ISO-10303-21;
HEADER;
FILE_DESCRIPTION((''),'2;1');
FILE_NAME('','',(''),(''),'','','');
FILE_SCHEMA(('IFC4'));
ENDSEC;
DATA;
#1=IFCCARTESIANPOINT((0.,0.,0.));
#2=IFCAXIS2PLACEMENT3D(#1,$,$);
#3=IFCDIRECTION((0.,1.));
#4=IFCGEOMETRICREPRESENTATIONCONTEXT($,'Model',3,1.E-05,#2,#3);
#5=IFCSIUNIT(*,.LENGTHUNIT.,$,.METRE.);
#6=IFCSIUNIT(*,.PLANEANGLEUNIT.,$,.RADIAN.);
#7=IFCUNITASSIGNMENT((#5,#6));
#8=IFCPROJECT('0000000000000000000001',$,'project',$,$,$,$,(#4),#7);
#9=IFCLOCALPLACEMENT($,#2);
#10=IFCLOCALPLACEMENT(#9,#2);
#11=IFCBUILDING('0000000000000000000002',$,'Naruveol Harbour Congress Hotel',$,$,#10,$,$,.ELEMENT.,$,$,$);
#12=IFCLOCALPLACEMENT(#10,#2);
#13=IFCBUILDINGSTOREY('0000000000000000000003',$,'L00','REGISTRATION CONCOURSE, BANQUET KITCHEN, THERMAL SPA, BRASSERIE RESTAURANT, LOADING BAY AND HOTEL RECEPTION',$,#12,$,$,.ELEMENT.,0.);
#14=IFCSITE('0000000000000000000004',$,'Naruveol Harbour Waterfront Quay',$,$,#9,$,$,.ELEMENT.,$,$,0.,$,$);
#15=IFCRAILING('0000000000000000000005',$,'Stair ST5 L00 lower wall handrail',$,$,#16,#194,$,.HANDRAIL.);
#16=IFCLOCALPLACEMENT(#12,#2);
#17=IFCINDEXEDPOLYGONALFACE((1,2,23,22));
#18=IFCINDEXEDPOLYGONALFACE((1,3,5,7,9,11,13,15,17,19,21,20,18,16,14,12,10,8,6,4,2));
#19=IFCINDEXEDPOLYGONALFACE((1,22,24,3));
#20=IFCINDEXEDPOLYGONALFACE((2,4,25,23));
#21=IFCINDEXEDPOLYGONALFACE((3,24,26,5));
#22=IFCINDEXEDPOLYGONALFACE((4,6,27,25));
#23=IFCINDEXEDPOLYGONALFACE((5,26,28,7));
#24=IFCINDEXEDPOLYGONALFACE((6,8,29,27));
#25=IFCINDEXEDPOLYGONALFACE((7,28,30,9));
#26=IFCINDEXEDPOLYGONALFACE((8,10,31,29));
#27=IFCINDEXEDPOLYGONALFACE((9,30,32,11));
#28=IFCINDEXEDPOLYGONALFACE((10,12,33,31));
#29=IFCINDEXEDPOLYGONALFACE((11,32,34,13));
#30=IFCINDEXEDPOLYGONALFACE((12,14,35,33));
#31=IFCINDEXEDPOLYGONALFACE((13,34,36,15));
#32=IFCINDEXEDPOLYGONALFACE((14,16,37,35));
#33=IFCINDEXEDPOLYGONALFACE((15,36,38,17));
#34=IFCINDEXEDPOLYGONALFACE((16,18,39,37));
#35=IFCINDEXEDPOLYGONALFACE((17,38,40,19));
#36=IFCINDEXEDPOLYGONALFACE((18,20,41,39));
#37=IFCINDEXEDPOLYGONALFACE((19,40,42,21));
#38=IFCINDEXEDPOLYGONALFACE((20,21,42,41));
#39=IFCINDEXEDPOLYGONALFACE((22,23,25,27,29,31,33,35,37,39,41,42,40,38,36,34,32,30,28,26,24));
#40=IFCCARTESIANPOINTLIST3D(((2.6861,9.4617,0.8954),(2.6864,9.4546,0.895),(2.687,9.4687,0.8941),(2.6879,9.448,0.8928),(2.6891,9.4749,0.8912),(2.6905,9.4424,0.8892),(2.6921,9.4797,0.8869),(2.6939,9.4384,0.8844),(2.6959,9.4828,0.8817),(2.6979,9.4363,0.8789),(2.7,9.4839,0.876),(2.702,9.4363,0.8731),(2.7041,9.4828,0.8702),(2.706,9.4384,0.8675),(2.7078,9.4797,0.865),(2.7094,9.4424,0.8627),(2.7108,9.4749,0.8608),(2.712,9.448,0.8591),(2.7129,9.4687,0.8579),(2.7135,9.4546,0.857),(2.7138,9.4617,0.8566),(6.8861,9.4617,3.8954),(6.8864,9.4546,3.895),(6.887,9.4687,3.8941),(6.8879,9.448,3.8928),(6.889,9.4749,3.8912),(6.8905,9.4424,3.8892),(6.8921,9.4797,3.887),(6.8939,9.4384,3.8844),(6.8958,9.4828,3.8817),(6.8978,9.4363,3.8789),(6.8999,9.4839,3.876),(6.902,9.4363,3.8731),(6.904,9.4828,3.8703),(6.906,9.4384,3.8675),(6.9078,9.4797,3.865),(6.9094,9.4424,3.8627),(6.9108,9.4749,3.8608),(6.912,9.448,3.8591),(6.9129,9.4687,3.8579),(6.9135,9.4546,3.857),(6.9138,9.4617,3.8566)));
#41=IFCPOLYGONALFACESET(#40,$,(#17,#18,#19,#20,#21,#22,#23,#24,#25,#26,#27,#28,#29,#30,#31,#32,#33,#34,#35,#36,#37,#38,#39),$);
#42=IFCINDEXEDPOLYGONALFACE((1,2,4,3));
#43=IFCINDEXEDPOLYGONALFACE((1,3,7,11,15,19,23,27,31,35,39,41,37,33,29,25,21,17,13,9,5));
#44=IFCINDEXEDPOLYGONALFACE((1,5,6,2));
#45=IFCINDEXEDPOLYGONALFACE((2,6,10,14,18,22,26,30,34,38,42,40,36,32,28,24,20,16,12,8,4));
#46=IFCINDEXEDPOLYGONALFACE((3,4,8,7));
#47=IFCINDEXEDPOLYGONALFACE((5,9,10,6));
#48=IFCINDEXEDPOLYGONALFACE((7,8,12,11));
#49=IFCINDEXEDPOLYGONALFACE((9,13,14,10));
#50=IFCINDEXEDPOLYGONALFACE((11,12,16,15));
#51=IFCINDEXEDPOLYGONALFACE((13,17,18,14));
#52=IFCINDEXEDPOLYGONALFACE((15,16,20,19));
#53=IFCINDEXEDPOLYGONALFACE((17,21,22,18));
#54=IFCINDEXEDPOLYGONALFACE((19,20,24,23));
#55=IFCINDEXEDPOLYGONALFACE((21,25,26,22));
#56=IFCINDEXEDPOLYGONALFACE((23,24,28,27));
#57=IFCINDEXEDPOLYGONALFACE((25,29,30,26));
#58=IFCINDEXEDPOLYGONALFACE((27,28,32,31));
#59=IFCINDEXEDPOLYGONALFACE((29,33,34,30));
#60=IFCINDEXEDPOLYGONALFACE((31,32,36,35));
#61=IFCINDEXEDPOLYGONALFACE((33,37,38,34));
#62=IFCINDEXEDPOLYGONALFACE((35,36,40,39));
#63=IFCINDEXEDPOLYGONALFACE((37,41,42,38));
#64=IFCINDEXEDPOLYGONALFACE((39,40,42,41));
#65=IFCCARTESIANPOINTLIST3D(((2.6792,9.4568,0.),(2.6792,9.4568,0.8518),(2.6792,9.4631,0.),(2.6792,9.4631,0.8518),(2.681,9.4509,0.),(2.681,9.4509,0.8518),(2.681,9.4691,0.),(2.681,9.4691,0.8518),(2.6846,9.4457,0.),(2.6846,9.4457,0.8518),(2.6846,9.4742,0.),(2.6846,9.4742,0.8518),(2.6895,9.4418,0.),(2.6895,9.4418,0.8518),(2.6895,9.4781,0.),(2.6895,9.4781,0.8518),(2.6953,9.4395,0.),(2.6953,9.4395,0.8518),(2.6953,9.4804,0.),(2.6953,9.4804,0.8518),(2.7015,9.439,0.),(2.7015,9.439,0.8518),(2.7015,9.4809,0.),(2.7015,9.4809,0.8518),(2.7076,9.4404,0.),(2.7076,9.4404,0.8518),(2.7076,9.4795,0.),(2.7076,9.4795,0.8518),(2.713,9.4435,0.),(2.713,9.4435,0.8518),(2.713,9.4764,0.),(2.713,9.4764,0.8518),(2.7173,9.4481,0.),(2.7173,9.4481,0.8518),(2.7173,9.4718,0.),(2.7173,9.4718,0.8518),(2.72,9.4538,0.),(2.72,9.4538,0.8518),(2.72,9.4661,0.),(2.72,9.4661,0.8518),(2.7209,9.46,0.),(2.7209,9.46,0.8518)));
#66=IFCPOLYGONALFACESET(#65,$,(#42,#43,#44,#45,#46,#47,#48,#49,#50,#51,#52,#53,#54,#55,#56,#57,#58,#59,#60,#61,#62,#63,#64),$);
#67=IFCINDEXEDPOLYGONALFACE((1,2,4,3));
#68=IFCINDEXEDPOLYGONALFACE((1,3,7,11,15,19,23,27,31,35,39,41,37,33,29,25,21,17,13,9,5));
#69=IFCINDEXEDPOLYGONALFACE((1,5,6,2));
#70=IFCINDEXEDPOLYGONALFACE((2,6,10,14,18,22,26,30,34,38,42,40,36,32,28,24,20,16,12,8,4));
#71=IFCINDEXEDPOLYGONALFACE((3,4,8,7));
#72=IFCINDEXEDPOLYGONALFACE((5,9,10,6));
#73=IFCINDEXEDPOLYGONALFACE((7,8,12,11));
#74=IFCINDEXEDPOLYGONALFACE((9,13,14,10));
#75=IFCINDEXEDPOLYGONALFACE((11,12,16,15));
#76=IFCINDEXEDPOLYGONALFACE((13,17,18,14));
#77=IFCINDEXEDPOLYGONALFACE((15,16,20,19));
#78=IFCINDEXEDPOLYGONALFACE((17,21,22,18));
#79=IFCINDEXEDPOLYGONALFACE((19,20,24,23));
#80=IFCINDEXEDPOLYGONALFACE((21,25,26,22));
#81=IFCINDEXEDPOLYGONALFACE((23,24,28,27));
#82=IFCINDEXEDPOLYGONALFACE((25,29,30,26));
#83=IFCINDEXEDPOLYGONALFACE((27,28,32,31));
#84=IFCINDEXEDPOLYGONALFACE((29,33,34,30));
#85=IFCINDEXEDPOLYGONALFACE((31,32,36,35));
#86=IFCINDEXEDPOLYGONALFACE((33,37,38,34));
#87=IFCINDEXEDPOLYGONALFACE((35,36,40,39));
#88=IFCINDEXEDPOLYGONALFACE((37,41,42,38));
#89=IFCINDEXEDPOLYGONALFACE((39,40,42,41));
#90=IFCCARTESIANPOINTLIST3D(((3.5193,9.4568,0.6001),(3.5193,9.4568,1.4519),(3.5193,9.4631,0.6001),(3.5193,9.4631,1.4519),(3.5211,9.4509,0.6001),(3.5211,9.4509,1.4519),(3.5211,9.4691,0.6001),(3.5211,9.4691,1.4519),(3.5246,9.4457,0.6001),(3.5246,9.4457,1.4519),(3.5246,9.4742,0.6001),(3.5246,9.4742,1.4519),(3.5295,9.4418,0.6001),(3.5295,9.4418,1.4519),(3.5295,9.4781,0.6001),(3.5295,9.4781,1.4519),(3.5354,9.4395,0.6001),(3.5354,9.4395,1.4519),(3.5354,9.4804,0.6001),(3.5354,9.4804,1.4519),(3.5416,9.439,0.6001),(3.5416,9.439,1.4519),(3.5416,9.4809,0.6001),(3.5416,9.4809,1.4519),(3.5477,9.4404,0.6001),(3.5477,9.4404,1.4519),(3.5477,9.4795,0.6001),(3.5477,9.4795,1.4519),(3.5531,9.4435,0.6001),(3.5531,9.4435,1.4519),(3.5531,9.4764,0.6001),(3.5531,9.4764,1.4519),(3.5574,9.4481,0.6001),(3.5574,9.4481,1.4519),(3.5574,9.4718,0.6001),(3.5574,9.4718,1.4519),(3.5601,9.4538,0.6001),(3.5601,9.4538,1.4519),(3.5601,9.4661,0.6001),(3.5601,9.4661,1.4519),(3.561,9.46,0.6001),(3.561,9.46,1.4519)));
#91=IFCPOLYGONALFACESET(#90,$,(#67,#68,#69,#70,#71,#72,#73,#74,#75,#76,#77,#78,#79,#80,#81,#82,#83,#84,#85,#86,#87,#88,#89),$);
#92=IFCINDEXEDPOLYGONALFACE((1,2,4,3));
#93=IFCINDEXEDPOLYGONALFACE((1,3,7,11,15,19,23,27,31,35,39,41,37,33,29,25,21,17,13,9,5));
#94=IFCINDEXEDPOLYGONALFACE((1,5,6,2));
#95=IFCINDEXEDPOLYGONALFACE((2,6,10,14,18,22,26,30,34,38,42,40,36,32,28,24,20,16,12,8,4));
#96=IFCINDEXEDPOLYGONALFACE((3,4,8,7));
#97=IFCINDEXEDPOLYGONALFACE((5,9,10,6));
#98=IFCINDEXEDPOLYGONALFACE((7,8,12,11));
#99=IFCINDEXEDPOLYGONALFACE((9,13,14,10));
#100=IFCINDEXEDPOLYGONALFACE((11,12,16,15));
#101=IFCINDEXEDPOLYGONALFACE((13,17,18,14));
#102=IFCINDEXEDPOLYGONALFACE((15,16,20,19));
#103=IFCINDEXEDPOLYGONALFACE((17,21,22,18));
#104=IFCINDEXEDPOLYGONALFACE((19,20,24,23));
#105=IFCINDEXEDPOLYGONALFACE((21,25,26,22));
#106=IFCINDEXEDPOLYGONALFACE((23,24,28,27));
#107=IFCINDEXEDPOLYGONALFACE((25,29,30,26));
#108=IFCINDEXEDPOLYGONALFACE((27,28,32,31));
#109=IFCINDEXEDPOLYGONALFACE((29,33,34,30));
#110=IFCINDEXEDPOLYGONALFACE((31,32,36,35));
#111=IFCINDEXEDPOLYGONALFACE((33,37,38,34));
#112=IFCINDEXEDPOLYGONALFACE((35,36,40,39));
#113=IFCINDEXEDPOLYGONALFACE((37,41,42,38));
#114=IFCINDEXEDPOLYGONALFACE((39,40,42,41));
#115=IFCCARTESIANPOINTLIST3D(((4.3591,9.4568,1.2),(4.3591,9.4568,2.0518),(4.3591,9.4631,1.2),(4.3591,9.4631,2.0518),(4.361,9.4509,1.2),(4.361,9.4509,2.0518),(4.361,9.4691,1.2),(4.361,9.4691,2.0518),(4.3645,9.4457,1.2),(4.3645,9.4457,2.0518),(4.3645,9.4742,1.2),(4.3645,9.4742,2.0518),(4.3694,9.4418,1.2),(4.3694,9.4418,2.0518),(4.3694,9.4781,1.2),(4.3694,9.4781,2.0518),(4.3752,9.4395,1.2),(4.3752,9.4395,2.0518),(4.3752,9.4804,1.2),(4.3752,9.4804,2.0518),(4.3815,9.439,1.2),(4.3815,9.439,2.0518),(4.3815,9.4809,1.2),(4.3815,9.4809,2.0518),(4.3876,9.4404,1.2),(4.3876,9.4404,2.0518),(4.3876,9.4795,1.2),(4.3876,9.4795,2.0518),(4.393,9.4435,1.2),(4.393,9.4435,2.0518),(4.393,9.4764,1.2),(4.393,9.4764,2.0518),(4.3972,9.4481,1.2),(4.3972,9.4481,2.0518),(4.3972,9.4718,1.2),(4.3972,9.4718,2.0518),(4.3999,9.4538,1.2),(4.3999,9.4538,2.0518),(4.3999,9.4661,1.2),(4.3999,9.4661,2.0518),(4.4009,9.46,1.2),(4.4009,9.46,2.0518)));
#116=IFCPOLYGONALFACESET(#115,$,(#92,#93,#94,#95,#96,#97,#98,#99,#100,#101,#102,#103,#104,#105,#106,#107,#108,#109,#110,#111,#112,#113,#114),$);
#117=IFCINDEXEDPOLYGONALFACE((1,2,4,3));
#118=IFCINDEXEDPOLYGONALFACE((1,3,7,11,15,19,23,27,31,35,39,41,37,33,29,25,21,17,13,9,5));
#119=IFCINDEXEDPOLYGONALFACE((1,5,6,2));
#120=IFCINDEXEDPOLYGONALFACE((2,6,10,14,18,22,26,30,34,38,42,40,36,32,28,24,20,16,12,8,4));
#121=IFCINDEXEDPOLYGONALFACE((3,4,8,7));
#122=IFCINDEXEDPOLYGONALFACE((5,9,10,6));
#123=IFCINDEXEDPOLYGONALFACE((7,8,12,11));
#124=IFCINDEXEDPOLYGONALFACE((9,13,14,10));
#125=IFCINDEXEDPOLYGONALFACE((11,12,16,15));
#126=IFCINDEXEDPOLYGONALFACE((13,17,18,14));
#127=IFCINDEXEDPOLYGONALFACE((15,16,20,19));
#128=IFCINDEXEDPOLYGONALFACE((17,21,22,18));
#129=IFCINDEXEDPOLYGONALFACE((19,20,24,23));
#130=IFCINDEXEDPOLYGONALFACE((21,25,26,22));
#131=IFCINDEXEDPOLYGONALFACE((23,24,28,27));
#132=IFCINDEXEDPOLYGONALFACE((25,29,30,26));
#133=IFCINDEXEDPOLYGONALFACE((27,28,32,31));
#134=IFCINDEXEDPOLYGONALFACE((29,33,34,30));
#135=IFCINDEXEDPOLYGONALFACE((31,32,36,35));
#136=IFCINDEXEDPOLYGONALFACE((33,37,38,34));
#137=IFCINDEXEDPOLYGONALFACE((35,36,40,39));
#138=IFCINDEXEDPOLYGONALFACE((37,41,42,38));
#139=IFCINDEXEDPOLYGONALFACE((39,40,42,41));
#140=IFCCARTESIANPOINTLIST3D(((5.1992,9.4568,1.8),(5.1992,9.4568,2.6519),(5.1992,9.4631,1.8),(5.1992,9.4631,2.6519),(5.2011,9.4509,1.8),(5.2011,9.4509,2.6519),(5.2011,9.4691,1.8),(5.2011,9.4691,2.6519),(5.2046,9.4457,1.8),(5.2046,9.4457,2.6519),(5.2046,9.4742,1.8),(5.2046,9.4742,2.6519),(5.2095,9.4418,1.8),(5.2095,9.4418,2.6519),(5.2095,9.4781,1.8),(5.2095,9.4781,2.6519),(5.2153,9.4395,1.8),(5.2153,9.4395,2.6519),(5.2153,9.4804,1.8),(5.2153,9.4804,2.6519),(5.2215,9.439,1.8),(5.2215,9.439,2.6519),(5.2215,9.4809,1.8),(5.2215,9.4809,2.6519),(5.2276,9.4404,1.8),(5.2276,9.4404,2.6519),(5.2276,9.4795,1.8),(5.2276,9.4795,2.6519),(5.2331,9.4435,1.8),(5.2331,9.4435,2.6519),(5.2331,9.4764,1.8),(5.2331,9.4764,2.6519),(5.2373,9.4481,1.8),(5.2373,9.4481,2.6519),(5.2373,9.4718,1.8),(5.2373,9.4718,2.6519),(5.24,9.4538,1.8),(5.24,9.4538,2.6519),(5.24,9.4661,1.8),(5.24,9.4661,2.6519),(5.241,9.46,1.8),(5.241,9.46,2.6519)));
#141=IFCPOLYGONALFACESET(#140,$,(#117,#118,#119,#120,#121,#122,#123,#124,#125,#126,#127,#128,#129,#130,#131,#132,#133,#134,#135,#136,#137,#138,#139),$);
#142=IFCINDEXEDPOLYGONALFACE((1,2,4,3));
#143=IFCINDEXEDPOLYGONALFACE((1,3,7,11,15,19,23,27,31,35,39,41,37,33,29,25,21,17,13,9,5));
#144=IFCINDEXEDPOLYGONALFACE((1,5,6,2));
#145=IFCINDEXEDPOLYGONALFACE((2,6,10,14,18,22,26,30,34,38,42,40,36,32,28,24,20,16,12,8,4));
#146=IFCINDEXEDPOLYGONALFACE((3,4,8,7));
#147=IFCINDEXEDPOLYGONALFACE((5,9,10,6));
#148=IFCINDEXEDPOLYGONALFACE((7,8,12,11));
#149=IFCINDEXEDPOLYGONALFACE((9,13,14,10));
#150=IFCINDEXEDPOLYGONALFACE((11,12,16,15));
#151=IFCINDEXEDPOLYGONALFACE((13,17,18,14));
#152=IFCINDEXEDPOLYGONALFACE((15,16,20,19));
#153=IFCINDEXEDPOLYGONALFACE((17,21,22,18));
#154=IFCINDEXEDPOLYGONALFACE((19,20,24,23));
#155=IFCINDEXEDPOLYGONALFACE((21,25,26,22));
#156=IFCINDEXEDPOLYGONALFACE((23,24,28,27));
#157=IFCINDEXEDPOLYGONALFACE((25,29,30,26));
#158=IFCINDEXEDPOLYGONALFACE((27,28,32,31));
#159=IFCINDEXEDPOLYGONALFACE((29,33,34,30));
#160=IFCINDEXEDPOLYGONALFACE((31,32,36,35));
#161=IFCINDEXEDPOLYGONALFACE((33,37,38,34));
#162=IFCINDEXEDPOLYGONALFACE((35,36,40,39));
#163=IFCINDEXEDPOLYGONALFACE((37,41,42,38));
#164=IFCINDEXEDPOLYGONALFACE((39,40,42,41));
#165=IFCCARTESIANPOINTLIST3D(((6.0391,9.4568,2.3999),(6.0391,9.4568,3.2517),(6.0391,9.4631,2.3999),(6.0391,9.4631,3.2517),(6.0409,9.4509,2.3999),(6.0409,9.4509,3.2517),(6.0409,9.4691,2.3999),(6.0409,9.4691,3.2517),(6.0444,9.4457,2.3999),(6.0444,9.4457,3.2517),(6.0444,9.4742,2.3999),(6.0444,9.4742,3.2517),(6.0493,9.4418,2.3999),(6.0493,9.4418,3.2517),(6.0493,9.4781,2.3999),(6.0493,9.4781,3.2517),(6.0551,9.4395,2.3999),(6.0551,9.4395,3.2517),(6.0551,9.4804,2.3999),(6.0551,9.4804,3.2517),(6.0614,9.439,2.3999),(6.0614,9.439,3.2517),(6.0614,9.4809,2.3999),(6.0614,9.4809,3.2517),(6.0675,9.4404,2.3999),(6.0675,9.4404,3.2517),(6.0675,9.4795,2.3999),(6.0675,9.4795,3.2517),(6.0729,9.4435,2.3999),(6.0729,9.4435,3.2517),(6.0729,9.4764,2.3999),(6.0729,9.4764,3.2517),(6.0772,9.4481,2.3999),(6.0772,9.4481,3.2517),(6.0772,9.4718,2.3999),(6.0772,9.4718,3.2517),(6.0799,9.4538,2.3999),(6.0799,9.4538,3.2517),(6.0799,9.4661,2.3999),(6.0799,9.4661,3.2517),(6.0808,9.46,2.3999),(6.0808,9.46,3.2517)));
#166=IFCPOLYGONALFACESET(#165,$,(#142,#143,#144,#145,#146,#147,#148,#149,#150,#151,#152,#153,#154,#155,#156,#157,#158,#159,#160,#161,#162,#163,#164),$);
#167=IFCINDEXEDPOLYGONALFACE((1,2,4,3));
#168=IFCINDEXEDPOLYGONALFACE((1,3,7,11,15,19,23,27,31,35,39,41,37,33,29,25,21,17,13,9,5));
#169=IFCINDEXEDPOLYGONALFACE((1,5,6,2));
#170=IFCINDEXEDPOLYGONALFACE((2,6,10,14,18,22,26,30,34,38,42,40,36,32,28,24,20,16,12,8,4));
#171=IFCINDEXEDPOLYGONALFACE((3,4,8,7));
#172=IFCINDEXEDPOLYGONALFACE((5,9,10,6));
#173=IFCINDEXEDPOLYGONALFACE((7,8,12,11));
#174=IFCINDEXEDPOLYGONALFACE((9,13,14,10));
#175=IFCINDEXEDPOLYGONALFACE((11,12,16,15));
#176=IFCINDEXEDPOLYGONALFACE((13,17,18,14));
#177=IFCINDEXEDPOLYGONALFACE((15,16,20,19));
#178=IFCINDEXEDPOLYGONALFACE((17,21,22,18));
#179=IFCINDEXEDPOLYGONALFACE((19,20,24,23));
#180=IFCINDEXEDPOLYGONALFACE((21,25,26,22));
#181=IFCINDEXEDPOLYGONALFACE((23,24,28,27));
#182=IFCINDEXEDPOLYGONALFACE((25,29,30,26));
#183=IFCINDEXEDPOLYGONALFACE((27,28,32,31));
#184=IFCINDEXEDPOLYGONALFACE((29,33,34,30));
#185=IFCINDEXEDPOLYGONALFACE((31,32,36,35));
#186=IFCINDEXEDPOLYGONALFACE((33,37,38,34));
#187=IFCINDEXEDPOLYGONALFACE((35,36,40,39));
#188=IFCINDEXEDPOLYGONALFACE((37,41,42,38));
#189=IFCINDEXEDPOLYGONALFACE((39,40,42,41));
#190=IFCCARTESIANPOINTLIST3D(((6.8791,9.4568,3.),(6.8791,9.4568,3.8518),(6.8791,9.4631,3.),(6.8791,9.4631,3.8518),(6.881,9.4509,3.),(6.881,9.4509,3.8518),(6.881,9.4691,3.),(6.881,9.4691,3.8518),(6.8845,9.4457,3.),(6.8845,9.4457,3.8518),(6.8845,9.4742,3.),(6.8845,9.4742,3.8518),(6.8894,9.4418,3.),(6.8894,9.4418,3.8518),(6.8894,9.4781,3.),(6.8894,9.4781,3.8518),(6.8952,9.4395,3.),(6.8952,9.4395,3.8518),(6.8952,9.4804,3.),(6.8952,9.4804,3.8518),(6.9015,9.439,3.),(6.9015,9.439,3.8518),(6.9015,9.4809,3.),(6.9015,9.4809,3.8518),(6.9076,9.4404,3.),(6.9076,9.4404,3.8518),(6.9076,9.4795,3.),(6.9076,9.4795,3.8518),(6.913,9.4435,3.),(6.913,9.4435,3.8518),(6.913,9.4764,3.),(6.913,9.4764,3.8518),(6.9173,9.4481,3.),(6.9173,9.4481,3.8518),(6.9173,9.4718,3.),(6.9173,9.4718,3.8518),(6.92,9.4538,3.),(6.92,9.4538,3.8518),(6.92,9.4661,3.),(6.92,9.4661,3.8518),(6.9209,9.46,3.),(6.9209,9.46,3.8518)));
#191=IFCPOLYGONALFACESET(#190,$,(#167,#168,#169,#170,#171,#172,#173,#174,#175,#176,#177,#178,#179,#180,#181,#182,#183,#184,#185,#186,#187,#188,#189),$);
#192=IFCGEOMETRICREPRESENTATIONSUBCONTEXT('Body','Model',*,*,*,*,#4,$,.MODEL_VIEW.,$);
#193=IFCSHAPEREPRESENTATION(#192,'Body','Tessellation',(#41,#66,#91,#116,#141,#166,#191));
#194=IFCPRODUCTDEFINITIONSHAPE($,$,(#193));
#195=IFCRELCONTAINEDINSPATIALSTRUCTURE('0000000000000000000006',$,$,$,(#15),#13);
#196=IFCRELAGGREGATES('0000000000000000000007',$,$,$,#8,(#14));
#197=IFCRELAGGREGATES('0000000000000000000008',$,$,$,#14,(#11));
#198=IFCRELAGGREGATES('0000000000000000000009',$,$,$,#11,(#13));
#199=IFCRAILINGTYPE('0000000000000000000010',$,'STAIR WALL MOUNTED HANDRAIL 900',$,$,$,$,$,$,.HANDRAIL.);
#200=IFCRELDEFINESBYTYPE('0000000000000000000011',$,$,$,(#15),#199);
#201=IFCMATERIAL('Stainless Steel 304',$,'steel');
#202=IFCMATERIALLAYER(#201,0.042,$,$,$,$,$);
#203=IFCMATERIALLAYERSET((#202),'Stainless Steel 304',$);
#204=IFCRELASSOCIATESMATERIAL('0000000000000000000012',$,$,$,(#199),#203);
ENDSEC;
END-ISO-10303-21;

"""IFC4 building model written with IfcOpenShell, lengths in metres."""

from ifc_helpers import new_model, si_unit, direction, frame, origin, origin_2d, place, context, subcontext, project, spatial, circle, extrude, material, layer, layer_set, type_object, element, save


model = new_model("IFC4")

# Units and contexts
model_context = context("Model", 3, precision=1e-05, world=origin(), true_north=direction((0.0, 1.0)))
body_context = subcontext(model_context, "Body", "Model", "MODEL_VIEW")
ifc_project = project(units=[si_unit("LENGTHUNIT", "METRE"), si_unit("PLANEANGLEUNIT", "RADIAN")], contexts=[model_context])

# Site, building, storey
site_placement = place(None, origin())
site = spatial("IfcSite", under=ifc_project, at=site_placement, Name="Naruveol Harbour Waterfront Quay", CompositionType="ELEMENT", RefElevation=0.0)
building_placement = place(site_placement, origin())
building = spatial("IfcBuilding", under=site, at=building_placement, Name="Naruveol Harbour Congress Hotel", CompositionType="ELEMENT")
storey_placement = place(building_placement, origin())
storey = spatial("IfcBuildingStorey", under=building, at=storey_placement, Name="L00", Description="REGISTRATION CONCOURSE, BANQUET KITCHEN, THERMAL SPA, BRASSERIE RESTAURANT, LOADING BAY AND HOTEL RECEPTION", CompositionType="ELEMENT", Elevation=0.0)

# Railing
ifc_material_1 = material(Name="Stainless Steel 304", Category="steel")
ifc_layer_1 = layer(ifc_material_1, 0.042)
ifc_layer_set_1 = layer_set([ifc_layer_1], Name="Stainless Steel 304")
railing_type_1 = type_object("IfcRailingType", Name="STAIR WALL MOUNTED HANDRAIL 900", PredefinedType="HANDRAIL", material=ifc_layer_set_1)
railing_1_placement = place(storey_placement, frame((2.7, 9.46, 0.0)))
element("IfcRailing", 1, at=railing_1_placement, inside=storey, type_object=railing_type_1, Name="Stair ST5 L00 lower wall handrail", PredefinedType="HANDRAIL", context=body_context, shape_type="SweptSolid", body=[
    extrude(circle(Radius=0.0239, at=origin_2d()), frame((0.0, 0.0, 0.876), z_axis=(0.81373, 0.0, 0.581243), x_axis=(0.0, 1.0, 0.0)), (0.0, 0.0, 1.0), 5.1614),
    extrude(circle(Radius=0.021, at=origin_2d()), origin(), (0.0, 0.0, 1.0), 0.8518),
    extrude(circle(Radius=0.021, at=origin_2d()), frame((0.8401, 0.0, 0.6001)), (0.0, 0.0, 1.0), 0.8518),
    extrude(circle(Radius=0.021, at=origin_2d()), frame((1.6799, 0.0, 1.2)), (0.0, 0.0, 1.0), 0.8518),
    extrude(circle(Radius=0.021, at=origin_2d()), frame((2.52, 0.0, 1.8)), (0.0, 0.0, 1.0), 0.8518),
    extrude(circle(Radius=0.021, at=origin_2d()), frame((3.3599, 0.0, 2.3999)), (0.0, 0.0, 1.0), 0.8518),
    extrude(circle(Radius=0.021, at=origin_2d()), frame((4.2, 0.0, 3.0)), (0.0, 0.0, 1.0), 0.8518),
])

save(model, "model.ifc")
